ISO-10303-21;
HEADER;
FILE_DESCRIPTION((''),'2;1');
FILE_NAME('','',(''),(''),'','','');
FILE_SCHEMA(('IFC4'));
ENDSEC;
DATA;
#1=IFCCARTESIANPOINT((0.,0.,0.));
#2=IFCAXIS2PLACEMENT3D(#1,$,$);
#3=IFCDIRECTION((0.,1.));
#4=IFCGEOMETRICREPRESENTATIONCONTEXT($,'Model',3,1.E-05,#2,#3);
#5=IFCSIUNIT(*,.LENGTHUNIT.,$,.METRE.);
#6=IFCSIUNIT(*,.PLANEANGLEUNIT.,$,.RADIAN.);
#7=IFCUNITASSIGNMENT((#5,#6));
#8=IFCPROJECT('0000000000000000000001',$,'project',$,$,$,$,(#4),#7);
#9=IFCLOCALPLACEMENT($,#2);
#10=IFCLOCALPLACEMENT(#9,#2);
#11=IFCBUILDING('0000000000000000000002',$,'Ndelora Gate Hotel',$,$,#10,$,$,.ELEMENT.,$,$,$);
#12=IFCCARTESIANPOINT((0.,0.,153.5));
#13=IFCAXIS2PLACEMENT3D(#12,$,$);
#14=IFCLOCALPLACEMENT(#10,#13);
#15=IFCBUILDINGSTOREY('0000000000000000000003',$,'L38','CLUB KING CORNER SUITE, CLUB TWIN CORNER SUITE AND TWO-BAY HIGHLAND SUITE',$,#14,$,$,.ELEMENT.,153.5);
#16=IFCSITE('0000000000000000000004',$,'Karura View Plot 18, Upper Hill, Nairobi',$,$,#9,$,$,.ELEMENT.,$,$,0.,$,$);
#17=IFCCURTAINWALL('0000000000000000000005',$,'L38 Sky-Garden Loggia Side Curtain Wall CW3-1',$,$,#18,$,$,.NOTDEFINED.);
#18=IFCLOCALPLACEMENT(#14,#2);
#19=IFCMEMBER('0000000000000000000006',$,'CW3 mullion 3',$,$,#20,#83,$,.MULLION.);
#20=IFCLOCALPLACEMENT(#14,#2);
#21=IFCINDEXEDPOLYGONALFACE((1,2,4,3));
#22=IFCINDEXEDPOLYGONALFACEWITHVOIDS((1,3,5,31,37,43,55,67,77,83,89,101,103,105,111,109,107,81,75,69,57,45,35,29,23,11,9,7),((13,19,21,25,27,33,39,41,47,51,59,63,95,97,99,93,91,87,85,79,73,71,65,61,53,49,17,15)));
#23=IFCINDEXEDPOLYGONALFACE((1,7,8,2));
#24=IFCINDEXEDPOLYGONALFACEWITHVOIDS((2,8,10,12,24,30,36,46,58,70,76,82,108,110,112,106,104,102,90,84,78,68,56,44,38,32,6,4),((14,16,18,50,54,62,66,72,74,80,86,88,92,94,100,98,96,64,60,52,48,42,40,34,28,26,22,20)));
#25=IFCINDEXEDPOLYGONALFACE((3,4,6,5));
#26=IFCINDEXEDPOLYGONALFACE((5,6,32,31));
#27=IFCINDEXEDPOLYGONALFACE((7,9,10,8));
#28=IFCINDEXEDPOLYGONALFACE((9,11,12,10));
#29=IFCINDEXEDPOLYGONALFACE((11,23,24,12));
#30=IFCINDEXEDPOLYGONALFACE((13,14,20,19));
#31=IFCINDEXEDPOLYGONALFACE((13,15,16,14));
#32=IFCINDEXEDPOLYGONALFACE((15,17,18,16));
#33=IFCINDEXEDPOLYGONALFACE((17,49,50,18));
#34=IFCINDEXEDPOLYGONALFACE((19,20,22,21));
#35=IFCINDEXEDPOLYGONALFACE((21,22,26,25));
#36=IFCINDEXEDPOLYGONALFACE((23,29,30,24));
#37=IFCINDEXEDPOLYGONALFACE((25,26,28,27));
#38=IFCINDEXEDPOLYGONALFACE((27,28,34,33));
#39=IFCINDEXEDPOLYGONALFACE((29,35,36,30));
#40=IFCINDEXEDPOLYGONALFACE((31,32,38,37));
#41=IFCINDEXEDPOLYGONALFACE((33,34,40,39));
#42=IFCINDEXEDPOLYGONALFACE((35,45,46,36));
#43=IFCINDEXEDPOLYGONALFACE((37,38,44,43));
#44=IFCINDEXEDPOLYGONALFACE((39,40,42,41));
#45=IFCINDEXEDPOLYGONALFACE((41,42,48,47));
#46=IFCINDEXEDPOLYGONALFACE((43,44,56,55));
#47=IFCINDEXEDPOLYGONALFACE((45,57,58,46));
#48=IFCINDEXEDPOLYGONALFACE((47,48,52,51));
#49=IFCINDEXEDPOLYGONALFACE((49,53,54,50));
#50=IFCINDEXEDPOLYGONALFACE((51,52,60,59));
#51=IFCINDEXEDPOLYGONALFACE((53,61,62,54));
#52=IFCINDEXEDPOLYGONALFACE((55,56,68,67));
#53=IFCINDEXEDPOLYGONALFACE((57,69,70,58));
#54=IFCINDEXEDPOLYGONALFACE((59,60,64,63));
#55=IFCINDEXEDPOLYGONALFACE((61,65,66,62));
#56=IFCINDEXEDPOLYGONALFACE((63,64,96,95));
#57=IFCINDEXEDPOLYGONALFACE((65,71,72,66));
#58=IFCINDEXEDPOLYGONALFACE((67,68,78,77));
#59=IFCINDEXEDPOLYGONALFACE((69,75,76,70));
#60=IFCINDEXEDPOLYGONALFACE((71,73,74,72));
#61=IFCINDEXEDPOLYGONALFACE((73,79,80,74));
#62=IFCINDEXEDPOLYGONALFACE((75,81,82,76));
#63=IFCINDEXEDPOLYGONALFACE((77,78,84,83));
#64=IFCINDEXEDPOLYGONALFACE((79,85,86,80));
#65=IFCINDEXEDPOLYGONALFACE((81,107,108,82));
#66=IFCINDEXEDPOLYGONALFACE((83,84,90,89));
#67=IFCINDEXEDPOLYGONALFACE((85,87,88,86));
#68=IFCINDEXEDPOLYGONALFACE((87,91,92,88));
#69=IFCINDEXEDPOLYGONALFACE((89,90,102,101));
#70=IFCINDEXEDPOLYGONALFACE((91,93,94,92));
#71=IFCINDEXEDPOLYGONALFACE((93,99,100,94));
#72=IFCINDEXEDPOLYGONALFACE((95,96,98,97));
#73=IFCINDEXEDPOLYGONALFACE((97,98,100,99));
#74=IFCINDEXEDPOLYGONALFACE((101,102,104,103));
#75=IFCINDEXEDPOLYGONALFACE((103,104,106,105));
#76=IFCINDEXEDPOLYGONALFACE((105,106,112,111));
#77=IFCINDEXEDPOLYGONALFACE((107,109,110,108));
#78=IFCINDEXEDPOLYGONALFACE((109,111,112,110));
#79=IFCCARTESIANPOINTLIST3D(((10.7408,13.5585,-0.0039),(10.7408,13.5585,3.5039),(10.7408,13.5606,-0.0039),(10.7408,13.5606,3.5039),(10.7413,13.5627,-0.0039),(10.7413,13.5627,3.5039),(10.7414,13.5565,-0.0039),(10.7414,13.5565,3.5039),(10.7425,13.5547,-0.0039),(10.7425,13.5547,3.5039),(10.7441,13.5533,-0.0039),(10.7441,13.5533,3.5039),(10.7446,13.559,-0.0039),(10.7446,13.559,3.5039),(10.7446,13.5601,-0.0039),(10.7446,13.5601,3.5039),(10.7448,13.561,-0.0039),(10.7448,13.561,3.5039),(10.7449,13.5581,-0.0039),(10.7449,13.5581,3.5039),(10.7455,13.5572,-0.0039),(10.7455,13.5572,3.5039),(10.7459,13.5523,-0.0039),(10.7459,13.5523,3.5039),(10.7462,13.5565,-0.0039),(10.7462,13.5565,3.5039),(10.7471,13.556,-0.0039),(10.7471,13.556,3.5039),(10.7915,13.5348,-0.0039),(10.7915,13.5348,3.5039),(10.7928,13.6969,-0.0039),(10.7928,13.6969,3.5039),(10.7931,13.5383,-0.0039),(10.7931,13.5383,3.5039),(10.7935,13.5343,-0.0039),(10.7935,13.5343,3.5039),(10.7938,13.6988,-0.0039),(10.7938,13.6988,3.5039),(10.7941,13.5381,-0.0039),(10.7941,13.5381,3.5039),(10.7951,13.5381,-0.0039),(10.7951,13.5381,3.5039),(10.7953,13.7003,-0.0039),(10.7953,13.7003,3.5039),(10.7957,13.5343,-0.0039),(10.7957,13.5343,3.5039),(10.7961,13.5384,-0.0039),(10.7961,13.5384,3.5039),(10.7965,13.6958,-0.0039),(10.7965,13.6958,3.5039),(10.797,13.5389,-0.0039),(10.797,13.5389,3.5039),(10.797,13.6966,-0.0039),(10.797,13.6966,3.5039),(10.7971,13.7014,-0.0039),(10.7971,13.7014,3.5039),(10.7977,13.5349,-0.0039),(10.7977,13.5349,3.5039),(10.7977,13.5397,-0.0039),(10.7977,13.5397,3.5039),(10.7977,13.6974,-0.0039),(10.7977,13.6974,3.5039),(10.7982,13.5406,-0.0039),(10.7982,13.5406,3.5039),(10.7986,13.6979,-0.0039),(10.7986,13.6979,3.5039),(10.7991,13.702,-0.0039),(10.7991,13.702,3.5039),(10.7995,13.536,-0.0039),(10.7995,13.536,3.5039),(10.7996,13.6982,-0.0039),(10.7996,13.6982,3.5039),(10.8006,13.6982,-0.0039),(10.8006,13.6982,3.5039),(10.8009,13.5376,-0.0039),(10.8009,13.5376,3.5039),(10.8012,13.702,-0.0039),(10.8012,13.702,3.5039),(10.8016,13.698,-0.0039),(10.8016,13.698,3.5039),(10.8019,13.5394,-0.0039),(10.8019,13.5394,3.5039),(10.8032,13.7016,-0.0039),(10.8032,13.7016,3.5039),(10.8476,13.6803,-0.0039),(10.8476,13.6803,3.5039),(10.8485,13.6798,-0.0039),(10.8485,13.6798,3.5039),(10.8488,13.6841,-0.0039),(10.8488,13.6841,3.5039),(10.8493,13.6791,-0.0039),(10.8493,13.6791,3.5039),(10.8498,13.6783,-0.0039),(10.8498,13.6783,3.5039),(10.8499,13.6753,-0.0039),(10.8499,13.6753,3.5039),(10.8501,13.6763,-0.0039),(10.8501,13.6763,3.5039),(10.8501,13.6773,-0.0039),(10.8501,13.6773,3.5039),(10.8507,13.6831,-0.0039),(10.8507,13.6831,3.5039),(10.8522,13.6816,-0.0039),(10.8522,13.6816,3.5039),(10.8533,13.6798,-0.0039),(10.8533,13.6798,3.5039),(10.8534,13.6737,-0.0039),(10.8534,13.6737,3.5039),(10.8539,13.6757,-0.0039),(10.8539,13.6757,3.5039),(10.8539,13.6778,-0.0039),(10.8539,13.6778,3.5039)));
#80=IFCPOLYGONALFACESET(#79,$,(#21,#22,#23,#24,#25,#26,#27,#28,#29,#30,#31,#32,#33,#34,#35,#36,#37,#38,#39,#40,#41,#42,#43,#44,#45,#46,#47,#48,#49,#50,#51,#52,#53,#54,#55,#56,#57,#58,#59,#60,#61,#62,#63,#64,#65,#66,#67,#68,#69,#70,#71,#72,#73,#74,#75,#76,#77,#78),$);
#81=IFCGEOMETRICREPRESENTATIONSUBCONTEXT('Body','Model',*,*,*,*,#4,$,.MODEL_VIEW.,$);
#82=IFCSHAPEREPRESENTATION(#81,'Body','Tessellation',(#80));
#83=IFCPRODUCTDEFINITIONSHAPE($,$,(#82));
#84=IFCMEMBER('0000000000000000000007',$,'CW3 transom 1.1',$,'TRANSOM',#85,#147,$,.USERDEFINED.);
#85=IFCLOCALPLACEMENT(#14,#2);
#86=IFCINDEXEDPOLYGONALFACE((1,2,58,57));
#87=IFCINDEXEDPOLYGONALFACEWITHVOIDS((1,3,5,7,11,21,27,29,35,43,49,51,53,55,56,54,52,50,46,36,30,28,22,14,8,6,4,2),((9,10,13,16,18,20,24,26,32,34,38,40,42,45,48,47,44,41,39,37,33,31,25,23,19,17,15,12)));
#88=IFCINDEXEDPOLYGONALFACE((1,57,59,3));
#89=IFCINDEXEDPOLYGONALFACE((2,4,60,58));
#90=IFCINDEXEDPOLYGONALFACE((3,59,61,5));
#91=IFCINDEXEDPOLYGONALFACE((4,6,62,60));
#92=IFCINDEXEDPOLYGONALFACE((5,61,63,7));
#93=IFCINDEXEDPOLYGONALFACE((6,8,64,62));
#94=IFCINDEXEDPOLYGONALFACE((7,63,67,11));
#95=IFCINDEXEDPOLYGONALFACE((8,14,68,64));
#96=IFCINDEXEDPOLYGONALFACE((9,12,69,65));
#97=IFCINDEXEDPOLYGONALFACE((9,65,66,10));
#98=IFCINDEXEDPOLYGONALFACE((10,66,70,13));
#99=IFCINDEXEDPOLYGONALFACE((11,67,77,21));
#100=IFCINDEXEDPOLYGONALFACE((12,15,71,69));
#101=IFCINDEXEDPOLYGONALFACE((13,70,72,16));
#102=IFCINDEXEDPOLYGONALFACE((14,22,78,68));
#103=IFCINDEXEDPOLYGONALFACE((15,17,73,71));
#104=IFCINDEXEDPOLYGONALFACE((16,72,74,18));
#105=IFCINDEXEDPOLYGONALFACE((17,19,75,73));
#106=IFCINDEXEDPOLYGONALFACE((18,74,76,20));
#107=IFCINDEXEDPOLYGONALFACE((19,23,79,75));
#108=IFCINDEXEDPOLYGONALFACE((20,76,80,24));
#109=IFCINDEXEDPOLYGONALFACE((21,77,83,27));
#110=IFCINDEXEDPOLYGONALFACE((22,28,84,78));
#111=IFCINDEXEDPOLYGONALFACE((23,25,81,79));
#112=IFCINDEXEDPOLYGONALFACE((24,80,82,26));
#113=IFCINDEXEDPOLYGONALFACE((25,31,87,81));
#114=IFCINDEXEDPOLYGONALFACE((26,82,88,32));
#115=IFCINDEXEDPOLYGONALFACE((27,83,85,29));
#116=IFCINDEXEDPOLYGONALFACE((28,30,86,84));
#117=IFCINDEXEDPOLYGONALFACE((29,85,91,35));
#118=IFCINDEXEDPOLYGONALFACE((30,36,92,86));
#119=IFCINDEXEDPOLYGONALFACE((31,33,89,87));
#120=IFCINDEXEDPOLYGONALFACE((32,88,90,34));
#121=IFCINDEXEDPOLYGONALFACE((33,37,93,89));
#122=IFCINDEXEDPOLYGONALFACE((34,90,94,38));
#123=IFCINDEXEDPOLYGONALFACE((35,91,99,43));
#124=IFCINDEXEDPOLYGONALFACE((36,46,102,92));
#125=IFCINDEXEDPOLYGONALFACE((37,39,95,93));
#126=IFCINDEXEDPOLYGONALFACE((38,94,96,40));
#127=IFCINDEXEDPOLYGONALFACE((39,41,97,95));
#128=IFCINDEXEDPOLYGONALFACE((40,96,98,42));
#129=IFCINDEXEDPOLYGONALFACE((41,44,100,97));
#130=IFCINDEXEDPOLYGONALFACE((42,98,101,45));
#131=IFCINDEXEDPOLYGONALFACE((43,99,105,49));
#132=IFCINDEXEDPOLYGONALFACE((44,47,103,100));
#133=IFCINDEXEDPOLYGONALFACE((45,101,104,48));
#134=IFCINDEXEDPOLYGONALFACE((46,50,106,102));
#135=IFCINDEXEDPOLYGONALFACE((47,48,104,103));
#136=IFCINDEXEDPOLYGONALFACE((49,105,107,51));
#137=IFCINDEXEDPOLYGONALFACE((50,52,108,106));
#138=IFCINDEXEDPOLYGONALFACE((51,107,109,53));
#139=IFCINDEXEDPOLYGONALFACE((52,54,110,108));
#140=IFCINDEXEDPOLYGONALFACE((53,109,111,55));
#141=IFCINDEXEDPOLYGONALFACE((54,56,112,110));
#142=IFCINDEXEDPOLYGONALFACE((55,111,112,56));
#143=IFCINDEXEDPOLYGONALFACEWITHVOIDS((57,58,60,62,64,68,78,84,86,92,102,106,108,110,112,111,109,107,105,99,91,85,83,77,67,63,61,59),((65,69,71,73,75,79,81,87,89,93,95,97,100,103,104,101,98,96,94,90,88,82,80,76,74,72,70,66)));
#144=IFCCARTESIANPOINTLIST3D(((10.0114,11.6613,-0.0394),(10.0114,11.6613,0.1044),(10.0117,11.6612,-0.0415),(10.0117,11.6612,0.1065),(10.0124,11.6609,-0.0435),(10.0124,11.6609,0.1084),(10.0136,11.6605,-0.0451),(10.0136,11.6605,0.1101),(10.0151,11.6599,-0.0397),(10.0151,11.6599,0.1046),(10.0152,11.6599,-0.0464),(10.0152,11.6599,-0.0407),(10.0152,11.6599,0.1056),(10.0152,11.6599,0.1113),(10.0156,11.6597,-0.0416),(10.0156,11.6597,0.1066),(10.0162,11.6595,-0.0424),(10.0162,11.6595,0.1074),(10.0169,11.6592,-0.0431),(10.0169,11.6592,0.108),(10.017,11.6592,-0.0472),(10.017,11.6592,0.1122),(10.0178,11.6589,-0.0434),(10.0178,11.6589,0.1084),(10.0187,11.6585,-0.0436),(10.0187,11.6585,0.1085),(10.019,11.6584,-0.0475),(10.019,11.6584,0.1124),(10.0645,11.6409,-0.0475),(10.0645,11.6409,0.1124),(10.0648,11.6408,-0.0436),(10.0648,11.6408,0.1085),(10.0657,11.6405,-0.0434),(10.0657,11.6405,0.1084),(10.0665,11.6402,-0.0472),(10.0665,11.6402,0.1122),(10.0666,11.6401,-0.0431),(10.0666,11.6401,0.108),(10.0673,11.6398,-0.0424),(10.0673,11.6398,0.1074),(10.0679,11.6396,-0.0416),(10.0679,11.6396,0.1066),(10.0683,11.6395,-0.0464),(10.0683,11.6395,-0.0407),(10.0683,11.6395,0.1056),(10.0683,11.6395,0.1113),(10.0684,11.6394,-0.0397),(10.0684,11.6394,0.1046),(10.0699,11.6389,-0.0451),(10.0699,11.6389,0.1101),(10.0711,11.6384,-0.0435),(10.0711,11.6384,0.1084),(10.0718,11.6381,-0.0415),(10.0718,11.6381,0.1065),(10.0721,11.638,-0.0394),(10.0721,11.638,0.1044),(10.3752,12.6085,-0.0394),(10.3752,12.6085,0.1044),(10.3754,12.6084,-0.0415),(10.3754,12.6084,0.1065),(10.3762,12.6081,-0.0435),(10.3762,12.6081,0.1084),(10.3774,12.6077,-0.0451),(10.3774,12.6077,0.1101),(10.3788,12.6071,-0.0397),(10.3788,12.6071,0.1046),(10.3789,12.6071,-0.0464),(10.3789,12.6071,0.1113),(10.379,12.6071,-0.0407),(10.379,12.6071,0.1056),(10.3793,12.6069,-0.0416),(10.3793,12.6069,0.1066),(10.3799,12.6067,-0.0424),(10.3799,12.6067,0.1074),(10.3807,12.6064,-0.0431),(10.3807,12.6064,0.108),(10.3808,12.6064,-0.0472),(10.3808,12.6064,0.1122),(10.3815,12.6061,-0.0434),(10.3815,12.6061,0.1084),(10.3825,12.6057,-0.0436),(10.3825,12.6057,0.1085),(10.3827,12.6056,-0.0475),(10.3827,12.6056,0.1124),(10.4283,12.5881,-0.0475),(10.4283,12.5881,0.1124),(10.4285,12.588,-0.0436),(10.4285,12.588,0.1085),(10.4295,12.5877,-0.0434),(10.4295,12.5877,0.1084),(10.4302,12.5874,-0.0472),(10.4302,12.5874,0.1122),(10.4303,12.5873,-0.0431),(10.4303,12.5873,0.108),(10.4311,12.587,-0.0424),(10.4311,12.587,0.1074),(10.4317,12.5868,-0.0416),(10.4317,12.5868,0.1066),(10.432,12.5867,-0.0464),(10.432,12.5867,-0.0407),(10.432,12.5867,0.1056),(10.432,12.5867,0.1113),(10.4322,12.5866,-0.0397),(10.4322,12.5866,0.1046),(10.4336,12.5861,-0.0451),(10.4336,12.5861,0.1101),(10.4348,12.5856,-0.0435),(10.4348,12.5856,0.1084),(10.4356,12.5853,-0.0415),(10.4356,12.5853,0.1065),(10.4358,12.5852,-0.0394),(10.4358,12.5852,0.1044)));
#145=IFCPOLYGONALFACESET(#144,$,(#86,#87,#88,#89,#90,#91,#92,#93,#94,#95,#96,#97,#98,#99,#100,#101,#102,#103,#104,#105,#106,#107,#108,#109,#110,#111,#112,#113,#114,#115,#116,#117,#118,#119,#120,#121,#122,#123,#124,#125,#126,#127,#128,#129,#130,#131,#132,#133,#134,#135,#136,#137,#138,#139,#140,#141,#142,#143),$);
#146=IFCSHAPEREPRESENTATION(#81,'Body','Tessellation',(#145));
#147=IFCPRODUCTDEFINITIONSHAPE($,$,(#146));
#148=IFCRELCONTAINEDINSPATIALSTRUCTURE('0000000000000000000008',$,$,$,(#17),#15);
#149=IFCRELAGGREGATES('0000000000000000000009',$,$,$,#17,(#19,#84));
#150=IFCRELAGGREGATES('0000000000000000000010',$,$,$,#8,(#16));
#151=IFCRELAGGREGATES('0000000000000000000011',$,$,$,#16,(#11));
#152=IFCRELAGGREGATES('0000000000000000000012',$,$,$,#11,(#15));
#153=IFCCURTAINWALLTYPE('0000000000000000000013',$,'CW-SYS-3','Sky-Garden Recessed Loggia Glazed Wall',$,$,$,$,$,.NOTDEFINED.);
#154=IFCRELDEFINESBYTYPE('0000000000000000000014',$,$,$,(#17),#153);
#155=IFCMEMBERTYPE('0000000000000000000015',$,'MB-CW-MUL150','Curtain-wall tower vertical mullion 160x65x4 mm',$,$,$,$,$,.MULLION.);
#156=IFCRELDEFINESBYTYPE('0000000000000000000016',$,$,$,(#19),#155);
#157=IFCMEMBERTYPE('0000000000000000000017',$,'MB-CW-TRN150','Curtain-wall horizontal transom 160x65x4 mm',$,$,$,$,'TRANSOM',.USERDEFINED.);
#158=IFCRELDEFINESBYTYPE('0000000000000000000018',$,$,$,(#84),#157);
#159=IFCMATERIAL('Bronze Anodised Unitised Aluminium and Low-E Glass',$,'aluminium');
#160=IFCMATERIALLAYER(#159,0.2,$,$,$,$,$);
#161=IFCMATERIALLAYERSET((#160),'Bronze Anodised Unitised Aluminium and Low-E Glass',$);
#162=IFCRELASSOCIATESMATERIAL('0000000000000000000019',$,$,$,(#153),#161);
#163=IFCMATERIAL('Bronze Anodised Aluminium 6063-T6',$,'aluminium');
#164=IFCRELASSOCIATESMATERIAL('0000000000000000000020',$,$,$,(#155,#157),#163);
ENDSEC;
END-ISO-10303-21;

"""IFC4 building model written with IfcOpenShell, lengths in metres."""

from ifc_helpers import new_model, si_unit, direction, frame, origin, origin_2d, place, context, subcontext, project, spatial, hollow_rectangle, extrude, material, layer, layer_set, material_profile, profile_set, type_object, element, aggregate, save


model = new_model("IFC4")

# Units and contexts
model_context = context("Model", 3, precision=1e-05, world=origin(), true_north=direction((0.0, 1.0)))
body_context = subcontext(model_context, "Body", "Model", "MODEL_VIEW")
ifc_project = project(units=[si_unit("LENGTHUNIT", "METRE"), si_unit("PLANEANGLEUNIT", "RADIAN")], contexts=[model_context])

# Site, building, storey
site_placement = place(None, origin())
site = spatial("IfcSite", under=ifc_project, at=site_placement, Name="Karura View Plot 18, Upper Hill, Nairobi", CompositionType="ELEMENT", RefElevation=0.0)
building_placement = place(site_placement, origin())
building = spatial("IfcBuilding", under=site, at=building_placement, Name="Ndelora Gate Hotel", CompositionType="ELEMENT")
storey_placement = place(building_placement, frame((0.0, 0.0, 153.5)))
storey = spatial("IfcBuildingStorey", under=building, at=storey_placement, Name="L38", Description="CLUB KING CORNER SUITE, CLUB TWIN CORNER SUITE AND TWO-BAY HIGHLAND SUITE", CompositionType="ELEMENT", Elevation=153.5)

# Curtain wall, members
ifc_material_1 = material(Name="Bronze Anodised Unitised Aluminium and Low-E Glass", Category="aluminium")
ifc_layer_1 = layer(ifc_material_1, 0.2)
ifc_layer_set_1 = layer_set([ifc_layer_1], Name="Bronze Anodised Unitised Aluminium and Low-E Glass")
curtain_wall_type = type_object("IfcCurtainWallType", Name="CW-SYS-3", Description="Sky-Garden Recessed Loggia Glazed Wall", PredefinedType="NOTDEFINED", material=ifc_layer_set_1)
curtain_wall_placement = place(storey_placement, origin())
curtain_wall = element("IfcCurtainWall", 1, at=curtain_wall_placement, inside=storey, type_object=curtain_wall_type, Name="L38 Sky-Garden Loggia Side Curtain Wall CW3-1", PredefinedType="NOTDEFINED")
ifc_material_2 = material(Name="Bronze Anodised Aluminium 6063-T6", Category="aluminium")
ifc_material_profile_1 = material_profile(ifc_material_2, hollow_rectangle(XDim=0.0649, YDim=0.1599, WallThickness=0.0039, InnerFilletRadius=0.0039, OuterFilletRadius=0.0081, at=origin_2d()), Name="ALU 160x65x4")
ifc_profile_set_1 = profile_set([ifc_material_profile_1], Name="Bronze Anodised Aluminium 6063-T6")
member_type_1 = type_object("IfcMemberType", Name="MB-CW-MUL150", Description="Curtain-wall tower vertical mullion 160x65x4 mm", PredefinedType="MULLION", material=ifc_profile_set_1)
member_1_placement = place(storey_placement, frame((10.7974, 13.6182, -0.0039), z_axis=(0.0, 0.0, 1.0), x_axis=(-0.933583, 0.358361, 0.0)))
member_1 = element("IfcMember", 2, at=member_1_placement, type_object=member_type_1, Name="CW3 mullion 3", PredefinedType="MULLION", context=body_context, shape_type="SweptSolid", body=[
    extrude(hollow_rectangle(XDim=0.0649, YDim=0.1599, WallThickness=0.0039, InnerFilletRadius=0.0039, OuterFilletRadius=0.0081, at=origin_2d()), origin(), (0.0, 0.0, 1.0), 3.5078),
])
ifc_material_profile_2 = material_profile(ifc_material_2, hollow_rectangle(XDim=0.0649, YDim=0.1599, WallThickness=0.0039, InnerFilletRadius=0.0039, OuterFilletRadius=0.0081, at=origin_2d()), Name="ALU 160x65x4")
ifc_profile_set_2 = profile_set([ifc_material_profile_2], Name="Bronze Anodised Aluminium 6063-T6")
member_type_2 = type_object("IfcMemberType", Name="MB-CW-TRN150", Description="Curtain-wall horizontal transom 160x65x4 mm", ElementType="TRANSOM", PredefinedType="USERDEFINED", material=ifc_profile_set_2)
member_2_placement = place(storey_placement, frame((10.0417, 11.6497, 0.0325), z_axis=(0.358495, 0.933532, 0.0), x_axis=(-0.933532, 0.358495, 0.0)))
member_2 = element("IfcMember", 3, at=member_2_placement, type_object=member_type_2, Name="CW3 transom 1.1", ObjectType="TRANSOM", PredefinedType="USERDEFINED", context=body_context, shape_type="SweptSolid", body=[
    extrude(hollow_rectangle(XDim=0.0649, YDim=0.1599, WallThickness=0.0039, InnerFilletRadius=0.0039, OuterFilletRadius=0.0081, at=origin_2d()), origin(), (0.0, 0.0, 1.0), 1.0146),
])
aggregate(curtain_wall, [member_1, member_2])

save(model, "model.ifc")
